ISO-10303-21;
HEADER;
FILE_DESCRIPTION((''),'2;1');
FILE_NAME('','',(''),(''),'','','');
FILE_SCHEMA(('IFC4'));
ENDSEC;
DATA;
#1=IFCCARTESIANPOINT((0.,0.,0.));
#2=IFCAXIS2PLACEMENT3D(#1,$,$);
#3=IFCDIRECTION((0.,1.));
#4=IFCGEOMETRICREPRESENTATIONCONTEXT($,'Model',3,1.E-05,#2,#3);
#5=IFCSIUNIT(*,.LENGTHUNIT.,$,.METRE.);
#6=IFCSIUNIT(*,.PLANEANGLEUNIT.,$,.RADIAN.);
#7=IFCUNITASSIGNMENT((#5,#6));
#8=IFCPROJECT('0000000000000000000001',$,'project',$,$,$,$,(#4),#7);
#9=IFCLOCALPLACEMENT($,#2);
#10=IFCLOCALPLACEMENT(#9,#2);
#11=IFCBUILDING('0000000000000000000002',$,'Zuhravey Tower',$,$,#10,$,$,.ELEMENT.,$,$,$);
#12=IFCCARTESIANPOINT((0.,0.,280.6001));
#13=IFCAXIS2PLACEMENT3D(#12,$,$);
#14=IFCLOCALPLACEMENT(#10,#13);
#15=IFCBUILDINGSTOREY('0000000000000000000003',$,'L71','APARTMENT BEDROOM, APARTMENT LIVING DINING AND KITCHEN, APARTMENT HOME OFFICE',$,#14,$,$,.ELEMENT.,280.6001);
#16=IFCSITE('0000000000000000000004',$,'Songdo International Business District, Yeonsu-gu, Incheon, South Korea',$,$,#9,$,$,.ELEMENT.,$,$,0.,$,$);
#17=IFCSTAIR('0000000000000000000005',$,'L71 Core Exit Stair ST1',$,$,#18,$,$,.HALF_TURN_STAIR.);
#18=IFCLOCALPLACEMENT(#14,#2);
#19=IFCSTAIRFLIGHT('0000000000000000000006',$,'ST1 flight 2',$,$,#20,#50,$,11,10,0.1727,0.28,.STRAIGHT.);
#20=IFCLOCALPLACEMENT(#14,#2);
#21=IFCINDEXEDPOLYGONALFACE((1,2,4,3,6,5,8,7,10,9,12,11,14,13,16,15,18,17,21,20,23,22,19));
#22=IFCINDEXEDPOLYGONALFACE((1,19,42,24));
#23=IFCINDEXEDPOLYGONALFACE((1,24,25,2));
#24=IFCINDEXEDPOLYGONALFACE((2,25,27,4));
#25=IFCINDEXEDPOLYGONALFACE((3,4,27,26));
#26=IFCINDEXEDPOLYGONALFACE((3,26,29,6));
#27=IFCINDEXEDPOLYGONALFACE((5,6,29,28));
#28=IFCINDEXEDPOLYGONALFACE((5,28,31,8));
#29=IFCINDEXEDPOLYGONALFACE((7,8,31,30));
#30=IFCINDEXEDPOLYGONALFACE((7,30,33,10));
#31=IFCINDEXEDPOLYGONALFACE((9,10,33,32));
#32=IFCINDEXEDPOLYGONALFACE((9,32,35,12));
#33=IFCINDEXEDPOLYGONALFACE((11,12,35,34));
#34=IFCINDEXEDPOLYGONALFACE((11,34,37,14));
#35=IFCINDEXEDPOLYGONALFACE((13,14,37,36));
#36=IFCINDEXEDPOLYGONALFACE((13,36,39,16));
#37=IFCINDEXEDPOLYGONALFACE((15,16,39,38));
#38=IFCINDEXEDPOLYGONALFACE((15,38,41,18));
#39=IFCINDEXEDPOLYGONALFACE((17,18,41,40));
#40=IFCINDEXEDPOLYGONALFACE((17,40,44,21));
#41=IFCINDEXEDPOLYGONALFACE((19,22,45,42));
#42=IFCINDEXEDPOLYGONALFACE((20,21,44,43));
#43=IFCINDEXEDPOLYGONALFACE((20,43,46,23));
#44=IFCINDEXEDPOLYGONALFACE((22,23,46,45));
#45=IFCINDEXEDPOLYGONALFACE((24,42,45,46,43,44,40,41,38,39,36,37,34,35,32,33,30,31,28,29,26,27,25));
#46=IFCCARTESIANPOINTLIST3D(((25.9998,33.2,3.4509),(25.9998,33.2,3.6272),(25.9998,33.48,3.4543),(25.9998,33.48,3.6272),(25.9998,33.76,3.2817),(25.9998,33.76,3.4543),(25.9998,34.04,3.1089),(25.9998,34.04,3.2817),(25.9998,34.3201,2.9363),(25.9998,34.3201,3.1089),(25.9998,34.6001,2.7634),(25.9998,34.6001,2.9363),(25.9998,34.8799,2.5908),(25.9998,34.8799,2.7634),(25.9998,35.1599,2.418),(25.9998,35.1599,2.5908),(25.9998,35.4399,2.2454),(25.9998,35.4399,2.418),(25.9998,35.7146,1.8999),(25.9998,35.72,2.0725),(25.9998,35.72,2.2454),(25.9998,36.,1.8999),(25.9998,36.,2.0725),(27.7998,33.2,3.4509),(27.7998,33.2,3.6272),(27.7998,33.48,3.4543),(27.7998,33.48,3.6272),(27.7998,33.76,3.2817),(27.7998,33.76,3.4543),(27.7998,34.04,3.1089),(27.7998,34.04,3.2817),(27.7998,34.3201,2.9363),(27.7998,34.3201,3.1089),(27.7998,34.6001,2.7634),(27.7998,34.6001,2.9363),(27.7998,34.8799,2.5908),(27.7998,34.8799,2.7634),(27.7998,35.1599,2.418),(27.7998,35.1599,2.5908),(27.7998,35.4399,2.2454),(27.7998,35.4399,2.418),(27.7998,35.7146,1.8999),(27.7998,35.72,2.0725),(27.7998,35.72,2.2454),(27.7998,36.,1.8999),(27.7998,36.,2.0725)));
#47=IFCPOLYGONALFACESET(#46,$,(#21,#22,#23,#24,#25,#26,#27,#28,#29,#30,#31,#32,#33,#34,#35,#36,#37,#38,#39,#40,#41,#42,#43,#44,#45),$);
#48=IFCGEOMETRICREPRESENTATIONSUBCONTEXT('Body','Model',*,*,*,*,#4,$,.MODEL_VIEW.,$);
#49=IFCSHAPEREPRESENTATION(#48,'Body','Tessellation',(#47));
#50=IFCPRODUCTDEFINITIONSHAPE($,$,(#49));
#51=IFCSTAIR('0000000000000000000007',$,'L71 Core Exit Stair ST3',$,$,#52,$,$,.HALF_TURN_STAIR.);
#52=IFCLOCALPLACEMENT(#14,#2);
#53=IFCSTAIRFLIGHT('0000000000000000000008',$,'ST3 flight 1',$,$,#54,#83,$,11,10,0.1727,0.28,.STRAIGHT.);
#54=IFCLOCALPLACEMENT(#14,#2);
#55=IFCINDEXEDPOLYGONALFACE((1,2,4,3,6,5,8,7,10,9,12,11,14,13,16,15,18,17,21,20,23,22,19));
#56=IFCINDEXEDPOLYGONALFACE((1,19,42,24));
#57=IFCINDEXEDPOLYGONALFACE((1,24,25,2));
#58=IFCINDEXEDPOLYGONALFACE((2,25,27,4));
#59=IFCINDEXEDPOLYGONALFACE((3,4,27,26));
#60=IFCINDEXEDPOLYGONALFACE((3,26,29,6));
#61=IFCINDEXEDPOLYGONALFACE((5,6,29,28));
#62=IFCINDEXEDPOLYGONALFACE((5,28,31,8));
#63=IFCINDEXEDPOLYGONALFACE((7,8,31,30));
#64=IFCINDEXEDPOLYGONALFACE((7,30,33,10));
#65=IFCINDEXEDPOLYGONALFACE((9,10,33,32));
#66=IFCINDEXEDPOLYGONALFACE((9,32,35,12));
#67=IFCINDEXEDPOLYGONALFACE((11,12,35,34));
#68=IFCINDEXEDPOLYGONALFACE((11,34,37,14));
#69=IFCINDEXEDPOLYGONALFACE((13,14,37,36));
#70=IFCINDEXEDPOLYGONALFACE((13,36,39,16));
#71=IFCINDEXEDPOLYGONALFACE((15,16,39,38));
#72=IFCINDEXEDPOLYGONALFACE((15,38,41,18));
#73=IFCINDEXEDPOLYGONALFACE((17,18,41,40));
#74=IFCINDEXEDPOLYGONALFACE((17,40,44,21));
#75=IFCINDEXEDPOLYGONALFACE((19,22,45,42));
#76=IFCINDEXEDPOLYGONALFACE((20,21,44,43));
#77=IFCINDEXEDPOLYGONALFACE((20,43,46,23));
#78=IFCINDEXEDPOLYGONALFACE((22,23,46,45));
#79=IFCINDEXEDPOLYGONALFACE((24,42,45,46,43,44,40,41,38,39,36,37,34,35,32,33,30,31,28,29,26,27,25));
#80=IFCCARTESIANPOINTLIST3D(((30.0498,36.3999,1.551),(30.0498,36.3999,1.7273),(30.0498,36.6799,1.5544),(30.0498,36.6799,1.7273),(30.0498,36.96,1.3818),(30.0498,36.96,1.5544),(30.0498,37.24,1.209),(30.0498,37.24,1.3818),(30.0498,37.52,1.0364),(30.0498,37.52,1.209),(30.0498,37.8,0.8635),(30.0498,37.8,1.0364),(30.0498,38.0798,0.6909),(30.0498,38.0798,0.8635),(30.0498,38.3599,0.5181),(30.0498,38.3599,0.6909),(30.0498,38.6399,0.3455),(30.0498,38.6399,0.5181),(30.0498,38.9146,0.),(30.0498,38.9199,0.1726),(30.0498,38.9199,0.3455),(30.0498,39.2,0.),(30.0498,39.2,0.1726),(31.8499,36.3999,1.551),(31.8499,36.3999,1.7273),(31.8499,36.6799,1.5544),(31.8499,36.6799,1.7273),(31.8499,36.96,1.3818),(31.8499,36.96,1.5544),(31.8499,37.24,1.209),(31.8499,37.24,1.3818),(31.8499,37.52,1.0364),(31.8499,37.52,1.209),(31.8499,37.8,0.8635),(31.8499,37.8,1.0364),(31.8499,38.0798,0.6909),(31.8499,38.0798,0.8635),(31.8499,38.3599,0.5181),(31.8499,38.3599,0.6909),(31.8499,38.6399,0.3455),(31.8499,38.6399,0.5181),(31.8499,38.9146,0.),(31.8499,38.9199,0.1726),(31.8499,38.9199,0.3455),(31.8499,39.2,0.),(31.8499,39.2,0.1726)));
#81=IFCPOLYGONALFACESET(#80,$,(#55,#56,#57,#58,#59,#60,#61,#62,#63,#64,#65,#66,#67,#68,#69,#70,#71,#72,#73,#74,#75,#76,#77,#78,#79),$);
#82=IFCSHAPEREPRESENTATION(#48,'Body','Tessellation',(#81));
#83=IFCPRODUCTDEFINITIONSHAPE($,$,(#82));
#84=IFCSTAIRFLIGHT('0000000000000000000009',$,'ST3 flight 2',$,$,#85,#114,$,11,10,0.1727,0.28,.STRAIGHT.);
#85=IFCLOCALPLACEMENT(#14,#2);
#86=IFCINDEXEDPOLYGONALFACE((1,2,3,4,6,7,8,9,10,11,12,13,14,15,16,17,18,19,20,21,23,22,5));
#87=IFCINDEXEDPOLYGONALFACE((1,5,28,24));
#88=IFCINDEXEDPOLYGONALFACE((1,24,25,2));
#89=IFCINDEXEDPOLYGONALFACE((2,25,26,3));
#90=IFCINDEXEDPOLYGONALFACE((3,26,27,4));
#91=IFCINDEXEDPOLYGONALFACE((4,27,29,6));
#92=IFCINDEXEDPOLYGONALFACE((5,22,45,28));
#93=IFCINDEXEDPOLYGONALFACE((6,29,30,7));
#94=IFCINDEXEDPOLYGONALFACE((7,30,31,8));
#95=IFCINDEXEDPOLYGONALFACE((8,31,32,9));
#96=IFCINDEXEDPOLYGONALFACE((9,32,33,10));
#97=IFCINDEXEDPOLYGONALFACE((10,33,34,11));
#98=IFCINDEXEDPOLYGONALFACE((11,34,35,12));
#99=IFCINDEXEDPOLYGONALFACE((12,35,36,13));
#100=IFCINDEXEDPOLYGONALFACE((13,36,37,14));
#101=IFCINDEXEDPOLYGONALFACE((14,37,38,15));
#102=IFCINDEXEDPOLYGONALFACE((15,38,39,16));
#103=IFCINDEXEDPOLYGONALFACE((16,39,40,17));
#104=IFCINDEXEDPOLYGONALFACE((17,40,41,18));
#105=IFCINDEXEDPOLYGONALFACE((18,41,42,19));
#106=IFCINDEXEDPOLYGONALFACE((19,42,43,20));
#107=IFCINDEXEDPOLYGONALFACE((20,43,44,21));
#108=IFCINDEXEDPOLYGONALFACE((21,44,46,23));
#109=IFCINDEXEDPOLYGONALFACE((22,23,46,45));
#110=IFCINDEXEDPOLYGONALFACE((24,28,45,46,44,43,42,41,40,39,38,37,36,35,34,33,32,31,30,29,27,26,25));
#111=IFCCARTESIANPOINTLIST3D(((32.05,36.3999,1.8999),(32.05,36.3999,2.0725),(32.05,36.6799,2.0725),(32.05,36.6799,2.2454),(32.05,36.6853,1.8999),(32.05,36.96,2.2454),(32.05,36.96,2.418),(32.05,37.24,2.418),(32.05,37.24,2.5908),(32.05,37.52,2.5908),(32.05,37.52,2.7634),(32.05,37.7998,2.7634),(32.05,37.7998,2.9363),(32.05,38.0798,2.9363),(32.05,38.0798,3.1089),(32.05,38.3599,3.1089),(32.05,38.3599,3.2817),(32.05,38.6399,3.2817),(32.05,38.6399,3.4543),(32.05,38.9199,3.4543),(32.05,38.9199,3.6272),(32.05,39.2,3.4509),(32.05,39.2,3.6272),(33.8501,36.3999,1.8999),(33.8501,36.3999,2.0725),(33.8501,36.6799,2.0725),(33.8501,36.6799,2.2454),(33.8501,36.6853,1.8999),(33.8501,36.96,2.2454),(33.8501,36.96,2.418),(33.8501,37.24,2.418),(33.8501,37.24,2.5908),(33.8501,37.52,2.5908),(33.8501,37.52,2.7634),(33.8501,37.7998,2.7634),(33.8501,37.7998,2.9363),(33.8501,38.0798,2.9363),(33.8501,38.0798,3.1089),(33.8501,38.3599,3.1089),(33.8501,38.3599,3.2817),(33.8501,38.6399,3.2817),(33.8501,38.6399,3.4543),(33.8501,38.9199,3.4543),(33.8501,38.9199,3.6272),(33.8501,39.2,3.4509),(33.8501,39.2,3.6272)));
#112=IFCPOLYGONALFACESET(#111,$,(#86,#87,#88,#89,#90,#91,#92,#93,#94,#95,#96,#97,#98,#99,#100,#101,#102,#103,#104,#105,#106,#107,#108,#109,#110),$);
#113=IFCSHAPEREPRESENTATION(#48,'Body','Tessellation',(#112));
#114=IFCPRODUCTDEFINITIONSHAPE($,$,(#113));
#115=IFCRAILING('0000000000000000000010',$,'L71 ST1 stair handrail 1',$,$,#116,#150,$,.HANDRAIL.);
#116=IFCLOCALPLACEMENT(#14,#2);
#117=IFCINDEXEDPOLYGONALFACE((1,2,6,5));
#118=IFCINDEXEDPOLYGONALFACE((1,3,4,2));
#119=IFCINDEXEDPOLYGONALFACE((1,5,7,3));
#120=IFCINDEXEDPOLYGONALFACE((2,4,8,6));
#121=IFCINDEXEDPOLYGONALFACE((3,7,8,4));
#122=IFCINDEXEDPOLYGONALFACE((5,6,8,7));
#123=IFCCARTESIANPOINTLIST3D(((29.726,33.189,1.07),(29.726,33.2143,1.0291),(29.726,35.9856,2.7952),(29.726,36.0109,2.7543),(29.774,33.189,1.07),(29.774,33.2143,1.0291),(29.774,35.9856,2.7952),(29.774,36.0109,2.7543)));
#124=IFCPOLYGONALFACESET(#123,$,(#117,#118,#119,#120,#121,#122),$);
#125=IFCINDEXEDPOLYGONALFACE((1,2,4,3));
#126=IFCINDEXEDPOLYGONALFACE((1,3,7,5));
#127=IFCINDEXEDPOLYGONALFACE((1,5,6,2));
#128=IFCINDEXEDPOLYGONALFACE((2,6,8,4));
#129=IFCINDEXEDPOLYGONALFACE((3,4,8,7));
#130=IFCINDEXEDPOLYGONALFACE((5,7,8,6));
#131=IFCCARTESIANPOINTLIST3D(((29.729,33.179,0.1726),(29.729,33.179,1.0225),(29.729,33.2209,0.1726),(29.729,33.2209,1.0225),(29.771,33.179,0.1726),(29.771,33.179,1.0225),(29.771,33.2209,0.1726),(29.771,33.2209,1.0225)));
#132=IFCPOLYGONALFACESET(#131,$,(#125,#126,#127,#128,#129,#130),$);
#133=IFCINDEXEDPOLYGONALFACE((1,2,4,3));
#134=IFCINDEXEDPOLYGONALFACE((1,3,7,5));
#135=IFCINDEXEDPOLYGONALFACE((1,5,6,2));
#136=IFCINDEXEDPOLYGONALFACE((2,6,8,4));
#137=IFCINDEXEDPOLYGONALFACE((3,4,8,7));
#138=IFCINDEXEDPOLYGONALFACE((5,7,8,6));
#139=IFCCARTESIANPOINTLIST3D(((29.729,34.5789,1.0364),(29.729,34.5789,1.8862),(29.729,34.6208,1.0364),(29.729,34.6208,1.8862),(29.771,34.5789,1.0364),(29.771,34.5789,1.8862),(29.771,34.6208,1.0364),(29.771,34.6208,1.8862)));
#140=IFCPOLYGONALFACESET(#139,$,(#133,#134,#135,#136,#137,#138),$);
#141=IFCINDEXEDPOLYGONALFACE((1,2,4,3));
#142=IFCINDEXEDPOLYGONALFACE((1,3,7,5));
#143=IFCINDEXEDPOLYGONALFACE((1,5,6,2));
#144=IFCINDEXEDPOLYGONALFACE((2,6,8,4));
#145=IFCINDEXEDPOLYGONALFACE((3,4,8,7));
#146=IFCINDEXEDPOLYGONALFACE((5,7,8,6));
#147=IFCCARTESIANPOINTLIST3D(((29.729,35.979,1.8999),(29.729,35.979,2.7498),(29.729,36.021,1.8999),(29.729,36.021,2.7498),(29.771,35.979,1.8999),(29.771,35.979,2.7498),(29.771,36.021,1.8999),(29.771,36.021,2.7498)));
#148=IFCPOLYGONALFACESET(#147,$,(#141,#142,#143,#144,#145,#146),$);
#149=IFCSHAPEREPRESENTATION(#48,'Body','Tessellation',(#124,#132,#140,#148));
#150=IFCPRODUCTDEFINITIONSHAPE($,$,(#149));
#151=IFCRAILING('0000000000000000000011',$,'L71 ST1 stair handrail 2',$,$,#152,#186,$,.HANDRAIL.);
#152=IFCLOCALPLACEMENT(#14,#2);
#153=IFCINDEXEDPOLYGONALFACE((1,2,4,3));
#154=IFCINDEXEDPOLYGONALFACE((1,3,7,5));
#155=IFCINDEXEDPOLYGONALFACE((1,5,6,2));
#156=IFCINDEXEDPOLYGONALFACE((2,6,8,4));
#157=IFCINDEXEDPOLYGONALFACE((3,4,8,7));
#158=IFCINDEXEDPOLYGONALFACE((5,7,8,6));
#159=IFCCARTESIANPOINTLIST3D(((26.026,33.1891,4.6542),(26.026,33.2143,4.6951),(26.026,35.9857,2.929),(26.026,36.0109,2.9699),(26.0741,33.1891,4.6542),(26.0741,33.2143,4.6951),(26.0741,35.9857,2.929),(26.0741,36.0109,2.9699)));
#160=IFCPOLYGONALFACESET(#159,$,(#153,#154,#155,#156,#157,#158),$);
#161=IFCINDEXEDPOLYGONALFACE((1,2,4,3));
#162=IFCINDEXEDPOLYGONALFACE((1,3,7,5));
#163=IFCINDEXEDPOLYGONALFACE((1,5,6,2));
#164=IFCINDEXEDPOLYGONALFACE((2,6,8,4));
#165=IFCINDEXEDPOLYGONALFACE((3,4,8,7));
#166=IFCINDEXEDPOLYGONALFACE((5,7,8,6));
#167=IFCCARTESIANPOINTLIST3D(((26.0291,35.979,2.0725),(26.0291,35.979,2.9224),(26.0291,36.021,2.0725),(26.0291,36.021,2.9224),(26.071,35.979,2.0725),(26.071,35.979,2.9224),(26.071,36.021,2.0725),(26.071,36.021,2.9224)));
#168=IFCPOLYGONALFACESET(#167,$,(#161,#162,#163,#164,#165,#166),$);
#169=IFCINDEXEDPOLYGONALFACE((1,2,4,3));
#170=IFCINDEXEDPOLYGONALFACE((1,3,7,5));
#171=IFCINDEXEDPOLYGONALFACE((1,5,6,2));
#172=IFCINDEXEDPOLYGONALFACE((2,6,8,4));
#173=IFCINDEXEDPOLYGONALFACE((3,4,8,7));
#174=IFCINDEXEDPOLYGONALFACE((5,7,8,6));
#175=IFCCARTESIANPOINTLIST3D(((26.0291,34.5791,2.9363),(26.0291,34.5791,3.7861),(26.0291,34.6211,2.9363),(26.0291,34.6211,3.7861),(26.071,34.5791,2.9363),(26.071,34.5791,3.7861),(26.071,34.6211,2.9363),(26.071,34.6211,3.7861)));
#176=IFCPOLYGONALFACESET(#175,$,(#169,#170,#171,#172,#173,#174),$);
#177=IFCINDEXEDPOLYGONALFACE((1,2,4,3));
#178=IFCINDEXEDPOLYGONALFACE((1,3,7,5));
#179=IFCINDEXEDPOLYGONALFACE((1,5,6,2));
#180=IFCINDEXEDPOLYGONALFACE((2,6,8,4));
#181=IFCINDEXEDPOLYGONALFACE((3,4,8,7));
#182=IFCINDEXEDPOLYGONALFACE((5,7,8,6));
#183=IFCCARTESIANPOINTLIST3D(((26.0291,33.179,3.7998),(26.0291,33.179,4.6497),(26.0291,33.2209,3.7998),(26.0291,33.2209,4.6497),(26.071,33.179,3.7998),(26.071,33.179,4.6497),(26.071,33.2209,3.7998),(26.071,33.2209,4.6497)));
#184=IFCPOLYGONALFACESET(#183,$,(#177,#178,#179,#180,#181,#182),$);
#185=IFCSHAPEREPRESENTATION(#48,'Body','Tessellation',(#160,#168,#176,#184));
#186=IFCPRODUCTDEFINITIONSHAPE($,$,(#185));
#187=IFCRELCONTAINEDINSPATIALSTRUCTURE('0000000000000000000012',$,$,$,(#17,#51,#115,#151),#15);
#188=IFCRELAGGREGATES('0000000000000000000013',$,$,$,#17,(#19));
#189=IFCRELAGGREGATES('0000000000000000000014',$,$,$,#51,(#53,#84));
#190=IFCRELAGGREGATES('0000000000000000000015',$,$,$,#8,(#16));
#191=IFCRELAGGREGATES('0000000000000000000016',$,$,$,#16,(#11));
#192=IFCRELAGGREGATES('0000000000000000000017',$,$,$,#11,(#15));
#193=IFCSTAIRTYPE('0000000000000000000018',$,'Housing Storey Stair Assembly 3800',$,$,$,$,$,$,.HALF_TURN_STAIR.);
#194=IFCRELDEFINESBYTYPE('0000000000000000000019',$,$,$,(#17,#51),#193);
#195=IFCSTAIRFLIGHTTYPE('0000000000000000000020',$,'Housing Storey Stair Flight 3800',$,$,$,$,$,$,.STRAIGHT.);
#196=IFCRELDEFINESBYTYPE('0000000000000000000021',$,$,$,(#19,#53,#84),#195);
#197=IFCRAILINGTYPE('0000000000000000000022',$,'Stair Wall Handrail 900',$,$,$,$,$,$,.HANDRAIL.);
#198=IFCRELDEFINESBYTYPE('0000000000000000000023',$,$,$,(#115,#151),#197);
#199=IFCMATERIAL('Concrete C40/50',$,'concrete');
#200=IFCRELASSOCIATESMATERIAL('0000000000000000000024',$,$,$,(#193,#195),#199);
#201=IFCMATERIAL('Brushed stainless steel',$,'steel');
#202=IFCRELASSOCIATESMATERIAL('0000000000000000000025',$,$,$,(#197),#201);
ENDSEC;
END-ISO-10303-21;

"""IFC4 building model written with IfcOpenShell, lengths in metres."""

from ifc_helpers import new_model, si_unit, direction, frame, origin, origin_2d, place, context, subcontext, project, spatial, polyline, rectangle, outline, extrude, material, type_object, element, aggregate, save


model = new_model("IFC4")

# Units and contexts
model_context = context("Model", 3, precision=1e-05, world=origin(), true_north=direction((0.0, 1.0)))
body_context = subcontext(model_context, "Body", "Model", "MODEL_VIEW")
ifc_project = project(units=[si_unit("LENGTHUNIT", "METRE"), si_unit("PLANEANGLEUNIT", "RADIAN")], contexts=[model_context])

# Site, building, storey
site_placement = place(None, origin())
site = spatial("IfcSite", under=ifc_project, at=site_placement, Name="Songdo International Business District, Yeonsu-gu, Incheon, South Korea", CompositionType="ELEMENT", RefElevation=0.0)
building_placement = place(site_placement, origin())
building = spatial("IfcBuilding", under=site, at=building_placement, Name="Zuhravey Tower", CompositionType="ELEMENT")
storey_placement = place(building_placement, frame((0.0, 0.0, 280.6001)))
storey = spatial("IfcBuildingStorey", under=building, at=storey_placement, Name="L71", Description="APARTMENT BEDROOM, APARTMENT LIVING DINING AND KITCHEN, APARTMENT HOME OFFICE", CompositionType="ELEMENT", Elevation=280.6001)

# Stairs, stair flights
ifc_material_1 = material(Name="Concrete C40/50", Category="concrete")
stair_type = type_object("IfcStairType", Name="Housing Storey Stair Assembly 3800", PredefinedType="HALF_TURN_STAIR", material=ifc_material_1)
stair_1_placement = place(storey_placement, origin())
stair_1 = element("IfcStair", 1, at=stair_1_placement, inside=storey, type_object=stair_type, Name="L71 Core Exit Stair ST1", PredefinedType="HALF_TURN_STAIR")
stair_flight_type = type_object("IfcStairFlightType", Name="Housing Storey Stair Flight 3800", PredefinedType="STRAIGHT", material=ifc_material_1)
stair_flight_1_placement = place(storey_placement, frame((26.8999, 36.0, 1.8999), z_axis=(0.0, 0.0, 1.0), x_axis=(0.0, -1.0, 0.0)))
stair_flight_1 = element("IfcStairFlight", 2, at=stair_flight_1_placement, type_object=stair_flight_type, Name="ST1 flight 2", NumberOfRisers=11, NumberOfTreads=10, PredefinedType="STRAIGHT", RiserHeight=0.1727, TreadLength=0.28, context=body_context, shape_type="SweptSolid", body=[
    extrude(outline(polyline([(0.0, 0.0), (0.0, 0.1726), (0.28, 0.1726), (0.28, 0.3455), (0.5601, 0.3455), (0.5601, 0.5181), (0.8401, 0.5181), (0.8401, 0.6909), (1.1201, 0.6909), (1.1201, 0.8635), (1.3999, 0.8635), (1.3999, 1.0364), (1.6799, 1.0364), (1.6799, 1.209), (1.96, 1.209), (1.96, 1.3818), (2.24, 1.3818), (2.24, 1.5544), (2.52, 1.5544), (2.52, 1.7273), (2.8, 1.7273), (2.8, 1.8999), (2.8, 1.551), (0.2854, 0.0), (0.0, 0.0)])), frame((0.0, 0.8999, 0.0), z_axis=(0.0, -1.0, 0.0), x_axis=(1.0, 0.0, 0.0)), (0.0, 0.0, 1.0), 1.8),
])
aggregate(stair_1, [stair_flight_1])
stair_2_placement = place(storey_placement, origin())
stair_2 = element("IfcStair", 3, at=stair_2_placement, inside=storey, type_object=stair_type, Name="L71 Core Exit Stair ST3", PredefinedType="HALF_TURN_STAIR")
stair_flight_2_placement = place(storey_placement, frame((30.95, 39.2, 0.0), z_axis=(0.0, 0.0, 1.0), x_axis=(0.0, -1.0, 0.0)))
stair_flight_2 = element("IfcStairFlight", 4, at=stair_flight_2_placement, type_object=stair_flight_type, Name="ST3 flight 1", NumberOfRisers=11, NumberOfTreads=10, PredefinedType="STRAIGHT", RiserHeight=0.1727, TreadLength=0.28, context=body_context, shape_type="SweptSolid", body=[
    extrude(outline(polyline([(0.0, 0.0), (0.0, 0.1726), (0.28, 0.1726), (0.28, 0.3455), (0.5601, 0.3455), (0.5601, 0.5181), (0.8401, 0.5181), (0.8401, 0.6909), (1.1201, 0.6909), (1.1201, 0.8635), (1.3999, 0.8635), (1.3999, 1.0364), (1.6799, 1.0364), (1.6799, 1.209), (1.96, 1.209), (1.96, 1.3818), (2.24, 1.3818), (2.24, 1.5544), (2.52, 1.5544), (2.52, 1.7273), (2.8, 1.7273), (2.8, 1.8999), (2.8, 1.551), (0.2854, 0.0), (0.0, 0.0)])), frame((0.0, 0.8999, 0.0), z_axis=(0.0, -1.0, 0.0), x_axis=(1.0, 0.0, 0.0)), (0.0, 0.0, 1.0), 1.8),
])
stair_flight_3_placement = place(storey_placement, frame((32.95, 36.3999, 1.8999), z_axis=(0.0, 0.0, 1.0), x_axis=(0.0, 1.0, 0.0)))
stair_flight_3 = element("IfcStairFlight", 5, at=stair_flight_3_placement, type_object=stair_flight_type, Name="ST3 flight 2", NumberOfRisers=11, NumberOfTreads=10, PredefinedType="STRAIGHT", RiserHeight=0.1727, TreadLength=0.28, context=body_context, shape_type="SweptSolid", body=[
    extrude(outline(polyline([(0.0, 0.0), (0.0, 0.1726), (0.28, 0.1726), (0.28, 0.3455), (0.5601, 0.3455), (0.5601, 0.5181), (0.8401, 0.5181), (0.8401, 0.6909), (1.1201, 0.6909), (1.1201, 0.8635), (1.3999, 0.8635), (1.3999, 1.0364), (1.6799, 1.0364), (1.6799, 1.209), (1.96, 1.209), (1.96, 1.3818), (2.24, 1.3818), (2.24, 1.5544), (2.52, 1.5544), (2.52, 1.7273), (2.8, 1.7273), (2.8, 1.8999), (2.8, 1.551), (0.2854, 0.0), (0.0, 0.0)])), frame((0.0, 0.8999, 0.0), z_axis=(0.0, -1.0, 0.0), x_axis=(1.0, 0.0, 0.0)), (0.0, 0.0, 1.0), 1.8),
])
aggregate(stair_2, [stair_flight_2, stair_flight_3])

# Railings
ifc_material_2 = material(Name="Brushed stainless steel", Category="steel")
railing_type_1 = type_object("IfcRailingType", Name="Stair Wall Handrail 900", PredefinedType="HANDRAIL", material=ifc_material_2)
railing_1_placement = place(storey_placement, frame((29.75, 33.2, 0.1726)))
element("IfcRailing", 6, at=railing_1_placement, inside=storey, type_object=railing_type_1, Name="L71 ST1 stair handrail 1", PredefinedType="HANDRAIL", context=body_context, shape_type="SweptSolid", body=[
    extrude(rectangle(XDim=0.0481, YDim=0.0481, at=origin_2d()), frame((0.0, 0.0017, 0.877), z_axis=(0.0, 0.85109, 0.52502), x_axis=(-1.0, 0.0, 0.0)), (0.0, 0.0, 1.0), 3.2859),
    extrude(rectangle(XDim=0.042, YDim=0.042, at=origin_2d()), origin(), (0.0, 0.0, 1.0), 0.8499),
    extrude(rectangle(XDim=0.042, YDim=0.042, at=origin_2d()), frame((0.0, 1.3999, 0.8638)), (0.0, 0.0, 1.0), 0.8499),
    extrude(rectangle(XDim=0.042, YDim=0.042, at=origin_2d()), frame((0.0, 2.8, 1.7273)), (0.0, 0.0, 1.0), 0.8499),
])
for number, where, name in (
    (7, (26.05, 36.0, 2.0725), "L71 ST1 stair handrail 2"),
):
    element("IfcRailing", number, at=place(storey_placement, frame(where)), inside=storey, type_object=railing_type_1, Name=name, PredefinedType="HANDRAIL", context=body_context, shape_type="SweptSolid", body=[
        extrude(rectangle(XDim=0.0481, YDim=0.0481, at=origin_2d()), frame((0.0, -0.0017, 0.877), z_axis=(0.0, -0.85109, 0.52502), x_axis=(1.0, 0.0, 0.0)), (0.0, 0.0, 1.0), 3.2859),
        extrude(rectangle(XDim=0.042, YDim=0.042, at=origin_2d()), origin(), (0.0, 0.0, 1.0), 0.8499),
        extrude(rectangle(XDim=0.042, YDim=0.042, at=origin_2d()), frame((0.0, -1.3999, 0.8638)), (0.0, 0.0, 1.0), 0.8499),
        extrude(rectangle(XDim=0.042, YDim=0.042, at=origin_2d()), frame((0.0, -2.8, 1.7273)), (0.0, 0.0, 1.0), 0.8499),
    ])

save(model, "model.ifc")
